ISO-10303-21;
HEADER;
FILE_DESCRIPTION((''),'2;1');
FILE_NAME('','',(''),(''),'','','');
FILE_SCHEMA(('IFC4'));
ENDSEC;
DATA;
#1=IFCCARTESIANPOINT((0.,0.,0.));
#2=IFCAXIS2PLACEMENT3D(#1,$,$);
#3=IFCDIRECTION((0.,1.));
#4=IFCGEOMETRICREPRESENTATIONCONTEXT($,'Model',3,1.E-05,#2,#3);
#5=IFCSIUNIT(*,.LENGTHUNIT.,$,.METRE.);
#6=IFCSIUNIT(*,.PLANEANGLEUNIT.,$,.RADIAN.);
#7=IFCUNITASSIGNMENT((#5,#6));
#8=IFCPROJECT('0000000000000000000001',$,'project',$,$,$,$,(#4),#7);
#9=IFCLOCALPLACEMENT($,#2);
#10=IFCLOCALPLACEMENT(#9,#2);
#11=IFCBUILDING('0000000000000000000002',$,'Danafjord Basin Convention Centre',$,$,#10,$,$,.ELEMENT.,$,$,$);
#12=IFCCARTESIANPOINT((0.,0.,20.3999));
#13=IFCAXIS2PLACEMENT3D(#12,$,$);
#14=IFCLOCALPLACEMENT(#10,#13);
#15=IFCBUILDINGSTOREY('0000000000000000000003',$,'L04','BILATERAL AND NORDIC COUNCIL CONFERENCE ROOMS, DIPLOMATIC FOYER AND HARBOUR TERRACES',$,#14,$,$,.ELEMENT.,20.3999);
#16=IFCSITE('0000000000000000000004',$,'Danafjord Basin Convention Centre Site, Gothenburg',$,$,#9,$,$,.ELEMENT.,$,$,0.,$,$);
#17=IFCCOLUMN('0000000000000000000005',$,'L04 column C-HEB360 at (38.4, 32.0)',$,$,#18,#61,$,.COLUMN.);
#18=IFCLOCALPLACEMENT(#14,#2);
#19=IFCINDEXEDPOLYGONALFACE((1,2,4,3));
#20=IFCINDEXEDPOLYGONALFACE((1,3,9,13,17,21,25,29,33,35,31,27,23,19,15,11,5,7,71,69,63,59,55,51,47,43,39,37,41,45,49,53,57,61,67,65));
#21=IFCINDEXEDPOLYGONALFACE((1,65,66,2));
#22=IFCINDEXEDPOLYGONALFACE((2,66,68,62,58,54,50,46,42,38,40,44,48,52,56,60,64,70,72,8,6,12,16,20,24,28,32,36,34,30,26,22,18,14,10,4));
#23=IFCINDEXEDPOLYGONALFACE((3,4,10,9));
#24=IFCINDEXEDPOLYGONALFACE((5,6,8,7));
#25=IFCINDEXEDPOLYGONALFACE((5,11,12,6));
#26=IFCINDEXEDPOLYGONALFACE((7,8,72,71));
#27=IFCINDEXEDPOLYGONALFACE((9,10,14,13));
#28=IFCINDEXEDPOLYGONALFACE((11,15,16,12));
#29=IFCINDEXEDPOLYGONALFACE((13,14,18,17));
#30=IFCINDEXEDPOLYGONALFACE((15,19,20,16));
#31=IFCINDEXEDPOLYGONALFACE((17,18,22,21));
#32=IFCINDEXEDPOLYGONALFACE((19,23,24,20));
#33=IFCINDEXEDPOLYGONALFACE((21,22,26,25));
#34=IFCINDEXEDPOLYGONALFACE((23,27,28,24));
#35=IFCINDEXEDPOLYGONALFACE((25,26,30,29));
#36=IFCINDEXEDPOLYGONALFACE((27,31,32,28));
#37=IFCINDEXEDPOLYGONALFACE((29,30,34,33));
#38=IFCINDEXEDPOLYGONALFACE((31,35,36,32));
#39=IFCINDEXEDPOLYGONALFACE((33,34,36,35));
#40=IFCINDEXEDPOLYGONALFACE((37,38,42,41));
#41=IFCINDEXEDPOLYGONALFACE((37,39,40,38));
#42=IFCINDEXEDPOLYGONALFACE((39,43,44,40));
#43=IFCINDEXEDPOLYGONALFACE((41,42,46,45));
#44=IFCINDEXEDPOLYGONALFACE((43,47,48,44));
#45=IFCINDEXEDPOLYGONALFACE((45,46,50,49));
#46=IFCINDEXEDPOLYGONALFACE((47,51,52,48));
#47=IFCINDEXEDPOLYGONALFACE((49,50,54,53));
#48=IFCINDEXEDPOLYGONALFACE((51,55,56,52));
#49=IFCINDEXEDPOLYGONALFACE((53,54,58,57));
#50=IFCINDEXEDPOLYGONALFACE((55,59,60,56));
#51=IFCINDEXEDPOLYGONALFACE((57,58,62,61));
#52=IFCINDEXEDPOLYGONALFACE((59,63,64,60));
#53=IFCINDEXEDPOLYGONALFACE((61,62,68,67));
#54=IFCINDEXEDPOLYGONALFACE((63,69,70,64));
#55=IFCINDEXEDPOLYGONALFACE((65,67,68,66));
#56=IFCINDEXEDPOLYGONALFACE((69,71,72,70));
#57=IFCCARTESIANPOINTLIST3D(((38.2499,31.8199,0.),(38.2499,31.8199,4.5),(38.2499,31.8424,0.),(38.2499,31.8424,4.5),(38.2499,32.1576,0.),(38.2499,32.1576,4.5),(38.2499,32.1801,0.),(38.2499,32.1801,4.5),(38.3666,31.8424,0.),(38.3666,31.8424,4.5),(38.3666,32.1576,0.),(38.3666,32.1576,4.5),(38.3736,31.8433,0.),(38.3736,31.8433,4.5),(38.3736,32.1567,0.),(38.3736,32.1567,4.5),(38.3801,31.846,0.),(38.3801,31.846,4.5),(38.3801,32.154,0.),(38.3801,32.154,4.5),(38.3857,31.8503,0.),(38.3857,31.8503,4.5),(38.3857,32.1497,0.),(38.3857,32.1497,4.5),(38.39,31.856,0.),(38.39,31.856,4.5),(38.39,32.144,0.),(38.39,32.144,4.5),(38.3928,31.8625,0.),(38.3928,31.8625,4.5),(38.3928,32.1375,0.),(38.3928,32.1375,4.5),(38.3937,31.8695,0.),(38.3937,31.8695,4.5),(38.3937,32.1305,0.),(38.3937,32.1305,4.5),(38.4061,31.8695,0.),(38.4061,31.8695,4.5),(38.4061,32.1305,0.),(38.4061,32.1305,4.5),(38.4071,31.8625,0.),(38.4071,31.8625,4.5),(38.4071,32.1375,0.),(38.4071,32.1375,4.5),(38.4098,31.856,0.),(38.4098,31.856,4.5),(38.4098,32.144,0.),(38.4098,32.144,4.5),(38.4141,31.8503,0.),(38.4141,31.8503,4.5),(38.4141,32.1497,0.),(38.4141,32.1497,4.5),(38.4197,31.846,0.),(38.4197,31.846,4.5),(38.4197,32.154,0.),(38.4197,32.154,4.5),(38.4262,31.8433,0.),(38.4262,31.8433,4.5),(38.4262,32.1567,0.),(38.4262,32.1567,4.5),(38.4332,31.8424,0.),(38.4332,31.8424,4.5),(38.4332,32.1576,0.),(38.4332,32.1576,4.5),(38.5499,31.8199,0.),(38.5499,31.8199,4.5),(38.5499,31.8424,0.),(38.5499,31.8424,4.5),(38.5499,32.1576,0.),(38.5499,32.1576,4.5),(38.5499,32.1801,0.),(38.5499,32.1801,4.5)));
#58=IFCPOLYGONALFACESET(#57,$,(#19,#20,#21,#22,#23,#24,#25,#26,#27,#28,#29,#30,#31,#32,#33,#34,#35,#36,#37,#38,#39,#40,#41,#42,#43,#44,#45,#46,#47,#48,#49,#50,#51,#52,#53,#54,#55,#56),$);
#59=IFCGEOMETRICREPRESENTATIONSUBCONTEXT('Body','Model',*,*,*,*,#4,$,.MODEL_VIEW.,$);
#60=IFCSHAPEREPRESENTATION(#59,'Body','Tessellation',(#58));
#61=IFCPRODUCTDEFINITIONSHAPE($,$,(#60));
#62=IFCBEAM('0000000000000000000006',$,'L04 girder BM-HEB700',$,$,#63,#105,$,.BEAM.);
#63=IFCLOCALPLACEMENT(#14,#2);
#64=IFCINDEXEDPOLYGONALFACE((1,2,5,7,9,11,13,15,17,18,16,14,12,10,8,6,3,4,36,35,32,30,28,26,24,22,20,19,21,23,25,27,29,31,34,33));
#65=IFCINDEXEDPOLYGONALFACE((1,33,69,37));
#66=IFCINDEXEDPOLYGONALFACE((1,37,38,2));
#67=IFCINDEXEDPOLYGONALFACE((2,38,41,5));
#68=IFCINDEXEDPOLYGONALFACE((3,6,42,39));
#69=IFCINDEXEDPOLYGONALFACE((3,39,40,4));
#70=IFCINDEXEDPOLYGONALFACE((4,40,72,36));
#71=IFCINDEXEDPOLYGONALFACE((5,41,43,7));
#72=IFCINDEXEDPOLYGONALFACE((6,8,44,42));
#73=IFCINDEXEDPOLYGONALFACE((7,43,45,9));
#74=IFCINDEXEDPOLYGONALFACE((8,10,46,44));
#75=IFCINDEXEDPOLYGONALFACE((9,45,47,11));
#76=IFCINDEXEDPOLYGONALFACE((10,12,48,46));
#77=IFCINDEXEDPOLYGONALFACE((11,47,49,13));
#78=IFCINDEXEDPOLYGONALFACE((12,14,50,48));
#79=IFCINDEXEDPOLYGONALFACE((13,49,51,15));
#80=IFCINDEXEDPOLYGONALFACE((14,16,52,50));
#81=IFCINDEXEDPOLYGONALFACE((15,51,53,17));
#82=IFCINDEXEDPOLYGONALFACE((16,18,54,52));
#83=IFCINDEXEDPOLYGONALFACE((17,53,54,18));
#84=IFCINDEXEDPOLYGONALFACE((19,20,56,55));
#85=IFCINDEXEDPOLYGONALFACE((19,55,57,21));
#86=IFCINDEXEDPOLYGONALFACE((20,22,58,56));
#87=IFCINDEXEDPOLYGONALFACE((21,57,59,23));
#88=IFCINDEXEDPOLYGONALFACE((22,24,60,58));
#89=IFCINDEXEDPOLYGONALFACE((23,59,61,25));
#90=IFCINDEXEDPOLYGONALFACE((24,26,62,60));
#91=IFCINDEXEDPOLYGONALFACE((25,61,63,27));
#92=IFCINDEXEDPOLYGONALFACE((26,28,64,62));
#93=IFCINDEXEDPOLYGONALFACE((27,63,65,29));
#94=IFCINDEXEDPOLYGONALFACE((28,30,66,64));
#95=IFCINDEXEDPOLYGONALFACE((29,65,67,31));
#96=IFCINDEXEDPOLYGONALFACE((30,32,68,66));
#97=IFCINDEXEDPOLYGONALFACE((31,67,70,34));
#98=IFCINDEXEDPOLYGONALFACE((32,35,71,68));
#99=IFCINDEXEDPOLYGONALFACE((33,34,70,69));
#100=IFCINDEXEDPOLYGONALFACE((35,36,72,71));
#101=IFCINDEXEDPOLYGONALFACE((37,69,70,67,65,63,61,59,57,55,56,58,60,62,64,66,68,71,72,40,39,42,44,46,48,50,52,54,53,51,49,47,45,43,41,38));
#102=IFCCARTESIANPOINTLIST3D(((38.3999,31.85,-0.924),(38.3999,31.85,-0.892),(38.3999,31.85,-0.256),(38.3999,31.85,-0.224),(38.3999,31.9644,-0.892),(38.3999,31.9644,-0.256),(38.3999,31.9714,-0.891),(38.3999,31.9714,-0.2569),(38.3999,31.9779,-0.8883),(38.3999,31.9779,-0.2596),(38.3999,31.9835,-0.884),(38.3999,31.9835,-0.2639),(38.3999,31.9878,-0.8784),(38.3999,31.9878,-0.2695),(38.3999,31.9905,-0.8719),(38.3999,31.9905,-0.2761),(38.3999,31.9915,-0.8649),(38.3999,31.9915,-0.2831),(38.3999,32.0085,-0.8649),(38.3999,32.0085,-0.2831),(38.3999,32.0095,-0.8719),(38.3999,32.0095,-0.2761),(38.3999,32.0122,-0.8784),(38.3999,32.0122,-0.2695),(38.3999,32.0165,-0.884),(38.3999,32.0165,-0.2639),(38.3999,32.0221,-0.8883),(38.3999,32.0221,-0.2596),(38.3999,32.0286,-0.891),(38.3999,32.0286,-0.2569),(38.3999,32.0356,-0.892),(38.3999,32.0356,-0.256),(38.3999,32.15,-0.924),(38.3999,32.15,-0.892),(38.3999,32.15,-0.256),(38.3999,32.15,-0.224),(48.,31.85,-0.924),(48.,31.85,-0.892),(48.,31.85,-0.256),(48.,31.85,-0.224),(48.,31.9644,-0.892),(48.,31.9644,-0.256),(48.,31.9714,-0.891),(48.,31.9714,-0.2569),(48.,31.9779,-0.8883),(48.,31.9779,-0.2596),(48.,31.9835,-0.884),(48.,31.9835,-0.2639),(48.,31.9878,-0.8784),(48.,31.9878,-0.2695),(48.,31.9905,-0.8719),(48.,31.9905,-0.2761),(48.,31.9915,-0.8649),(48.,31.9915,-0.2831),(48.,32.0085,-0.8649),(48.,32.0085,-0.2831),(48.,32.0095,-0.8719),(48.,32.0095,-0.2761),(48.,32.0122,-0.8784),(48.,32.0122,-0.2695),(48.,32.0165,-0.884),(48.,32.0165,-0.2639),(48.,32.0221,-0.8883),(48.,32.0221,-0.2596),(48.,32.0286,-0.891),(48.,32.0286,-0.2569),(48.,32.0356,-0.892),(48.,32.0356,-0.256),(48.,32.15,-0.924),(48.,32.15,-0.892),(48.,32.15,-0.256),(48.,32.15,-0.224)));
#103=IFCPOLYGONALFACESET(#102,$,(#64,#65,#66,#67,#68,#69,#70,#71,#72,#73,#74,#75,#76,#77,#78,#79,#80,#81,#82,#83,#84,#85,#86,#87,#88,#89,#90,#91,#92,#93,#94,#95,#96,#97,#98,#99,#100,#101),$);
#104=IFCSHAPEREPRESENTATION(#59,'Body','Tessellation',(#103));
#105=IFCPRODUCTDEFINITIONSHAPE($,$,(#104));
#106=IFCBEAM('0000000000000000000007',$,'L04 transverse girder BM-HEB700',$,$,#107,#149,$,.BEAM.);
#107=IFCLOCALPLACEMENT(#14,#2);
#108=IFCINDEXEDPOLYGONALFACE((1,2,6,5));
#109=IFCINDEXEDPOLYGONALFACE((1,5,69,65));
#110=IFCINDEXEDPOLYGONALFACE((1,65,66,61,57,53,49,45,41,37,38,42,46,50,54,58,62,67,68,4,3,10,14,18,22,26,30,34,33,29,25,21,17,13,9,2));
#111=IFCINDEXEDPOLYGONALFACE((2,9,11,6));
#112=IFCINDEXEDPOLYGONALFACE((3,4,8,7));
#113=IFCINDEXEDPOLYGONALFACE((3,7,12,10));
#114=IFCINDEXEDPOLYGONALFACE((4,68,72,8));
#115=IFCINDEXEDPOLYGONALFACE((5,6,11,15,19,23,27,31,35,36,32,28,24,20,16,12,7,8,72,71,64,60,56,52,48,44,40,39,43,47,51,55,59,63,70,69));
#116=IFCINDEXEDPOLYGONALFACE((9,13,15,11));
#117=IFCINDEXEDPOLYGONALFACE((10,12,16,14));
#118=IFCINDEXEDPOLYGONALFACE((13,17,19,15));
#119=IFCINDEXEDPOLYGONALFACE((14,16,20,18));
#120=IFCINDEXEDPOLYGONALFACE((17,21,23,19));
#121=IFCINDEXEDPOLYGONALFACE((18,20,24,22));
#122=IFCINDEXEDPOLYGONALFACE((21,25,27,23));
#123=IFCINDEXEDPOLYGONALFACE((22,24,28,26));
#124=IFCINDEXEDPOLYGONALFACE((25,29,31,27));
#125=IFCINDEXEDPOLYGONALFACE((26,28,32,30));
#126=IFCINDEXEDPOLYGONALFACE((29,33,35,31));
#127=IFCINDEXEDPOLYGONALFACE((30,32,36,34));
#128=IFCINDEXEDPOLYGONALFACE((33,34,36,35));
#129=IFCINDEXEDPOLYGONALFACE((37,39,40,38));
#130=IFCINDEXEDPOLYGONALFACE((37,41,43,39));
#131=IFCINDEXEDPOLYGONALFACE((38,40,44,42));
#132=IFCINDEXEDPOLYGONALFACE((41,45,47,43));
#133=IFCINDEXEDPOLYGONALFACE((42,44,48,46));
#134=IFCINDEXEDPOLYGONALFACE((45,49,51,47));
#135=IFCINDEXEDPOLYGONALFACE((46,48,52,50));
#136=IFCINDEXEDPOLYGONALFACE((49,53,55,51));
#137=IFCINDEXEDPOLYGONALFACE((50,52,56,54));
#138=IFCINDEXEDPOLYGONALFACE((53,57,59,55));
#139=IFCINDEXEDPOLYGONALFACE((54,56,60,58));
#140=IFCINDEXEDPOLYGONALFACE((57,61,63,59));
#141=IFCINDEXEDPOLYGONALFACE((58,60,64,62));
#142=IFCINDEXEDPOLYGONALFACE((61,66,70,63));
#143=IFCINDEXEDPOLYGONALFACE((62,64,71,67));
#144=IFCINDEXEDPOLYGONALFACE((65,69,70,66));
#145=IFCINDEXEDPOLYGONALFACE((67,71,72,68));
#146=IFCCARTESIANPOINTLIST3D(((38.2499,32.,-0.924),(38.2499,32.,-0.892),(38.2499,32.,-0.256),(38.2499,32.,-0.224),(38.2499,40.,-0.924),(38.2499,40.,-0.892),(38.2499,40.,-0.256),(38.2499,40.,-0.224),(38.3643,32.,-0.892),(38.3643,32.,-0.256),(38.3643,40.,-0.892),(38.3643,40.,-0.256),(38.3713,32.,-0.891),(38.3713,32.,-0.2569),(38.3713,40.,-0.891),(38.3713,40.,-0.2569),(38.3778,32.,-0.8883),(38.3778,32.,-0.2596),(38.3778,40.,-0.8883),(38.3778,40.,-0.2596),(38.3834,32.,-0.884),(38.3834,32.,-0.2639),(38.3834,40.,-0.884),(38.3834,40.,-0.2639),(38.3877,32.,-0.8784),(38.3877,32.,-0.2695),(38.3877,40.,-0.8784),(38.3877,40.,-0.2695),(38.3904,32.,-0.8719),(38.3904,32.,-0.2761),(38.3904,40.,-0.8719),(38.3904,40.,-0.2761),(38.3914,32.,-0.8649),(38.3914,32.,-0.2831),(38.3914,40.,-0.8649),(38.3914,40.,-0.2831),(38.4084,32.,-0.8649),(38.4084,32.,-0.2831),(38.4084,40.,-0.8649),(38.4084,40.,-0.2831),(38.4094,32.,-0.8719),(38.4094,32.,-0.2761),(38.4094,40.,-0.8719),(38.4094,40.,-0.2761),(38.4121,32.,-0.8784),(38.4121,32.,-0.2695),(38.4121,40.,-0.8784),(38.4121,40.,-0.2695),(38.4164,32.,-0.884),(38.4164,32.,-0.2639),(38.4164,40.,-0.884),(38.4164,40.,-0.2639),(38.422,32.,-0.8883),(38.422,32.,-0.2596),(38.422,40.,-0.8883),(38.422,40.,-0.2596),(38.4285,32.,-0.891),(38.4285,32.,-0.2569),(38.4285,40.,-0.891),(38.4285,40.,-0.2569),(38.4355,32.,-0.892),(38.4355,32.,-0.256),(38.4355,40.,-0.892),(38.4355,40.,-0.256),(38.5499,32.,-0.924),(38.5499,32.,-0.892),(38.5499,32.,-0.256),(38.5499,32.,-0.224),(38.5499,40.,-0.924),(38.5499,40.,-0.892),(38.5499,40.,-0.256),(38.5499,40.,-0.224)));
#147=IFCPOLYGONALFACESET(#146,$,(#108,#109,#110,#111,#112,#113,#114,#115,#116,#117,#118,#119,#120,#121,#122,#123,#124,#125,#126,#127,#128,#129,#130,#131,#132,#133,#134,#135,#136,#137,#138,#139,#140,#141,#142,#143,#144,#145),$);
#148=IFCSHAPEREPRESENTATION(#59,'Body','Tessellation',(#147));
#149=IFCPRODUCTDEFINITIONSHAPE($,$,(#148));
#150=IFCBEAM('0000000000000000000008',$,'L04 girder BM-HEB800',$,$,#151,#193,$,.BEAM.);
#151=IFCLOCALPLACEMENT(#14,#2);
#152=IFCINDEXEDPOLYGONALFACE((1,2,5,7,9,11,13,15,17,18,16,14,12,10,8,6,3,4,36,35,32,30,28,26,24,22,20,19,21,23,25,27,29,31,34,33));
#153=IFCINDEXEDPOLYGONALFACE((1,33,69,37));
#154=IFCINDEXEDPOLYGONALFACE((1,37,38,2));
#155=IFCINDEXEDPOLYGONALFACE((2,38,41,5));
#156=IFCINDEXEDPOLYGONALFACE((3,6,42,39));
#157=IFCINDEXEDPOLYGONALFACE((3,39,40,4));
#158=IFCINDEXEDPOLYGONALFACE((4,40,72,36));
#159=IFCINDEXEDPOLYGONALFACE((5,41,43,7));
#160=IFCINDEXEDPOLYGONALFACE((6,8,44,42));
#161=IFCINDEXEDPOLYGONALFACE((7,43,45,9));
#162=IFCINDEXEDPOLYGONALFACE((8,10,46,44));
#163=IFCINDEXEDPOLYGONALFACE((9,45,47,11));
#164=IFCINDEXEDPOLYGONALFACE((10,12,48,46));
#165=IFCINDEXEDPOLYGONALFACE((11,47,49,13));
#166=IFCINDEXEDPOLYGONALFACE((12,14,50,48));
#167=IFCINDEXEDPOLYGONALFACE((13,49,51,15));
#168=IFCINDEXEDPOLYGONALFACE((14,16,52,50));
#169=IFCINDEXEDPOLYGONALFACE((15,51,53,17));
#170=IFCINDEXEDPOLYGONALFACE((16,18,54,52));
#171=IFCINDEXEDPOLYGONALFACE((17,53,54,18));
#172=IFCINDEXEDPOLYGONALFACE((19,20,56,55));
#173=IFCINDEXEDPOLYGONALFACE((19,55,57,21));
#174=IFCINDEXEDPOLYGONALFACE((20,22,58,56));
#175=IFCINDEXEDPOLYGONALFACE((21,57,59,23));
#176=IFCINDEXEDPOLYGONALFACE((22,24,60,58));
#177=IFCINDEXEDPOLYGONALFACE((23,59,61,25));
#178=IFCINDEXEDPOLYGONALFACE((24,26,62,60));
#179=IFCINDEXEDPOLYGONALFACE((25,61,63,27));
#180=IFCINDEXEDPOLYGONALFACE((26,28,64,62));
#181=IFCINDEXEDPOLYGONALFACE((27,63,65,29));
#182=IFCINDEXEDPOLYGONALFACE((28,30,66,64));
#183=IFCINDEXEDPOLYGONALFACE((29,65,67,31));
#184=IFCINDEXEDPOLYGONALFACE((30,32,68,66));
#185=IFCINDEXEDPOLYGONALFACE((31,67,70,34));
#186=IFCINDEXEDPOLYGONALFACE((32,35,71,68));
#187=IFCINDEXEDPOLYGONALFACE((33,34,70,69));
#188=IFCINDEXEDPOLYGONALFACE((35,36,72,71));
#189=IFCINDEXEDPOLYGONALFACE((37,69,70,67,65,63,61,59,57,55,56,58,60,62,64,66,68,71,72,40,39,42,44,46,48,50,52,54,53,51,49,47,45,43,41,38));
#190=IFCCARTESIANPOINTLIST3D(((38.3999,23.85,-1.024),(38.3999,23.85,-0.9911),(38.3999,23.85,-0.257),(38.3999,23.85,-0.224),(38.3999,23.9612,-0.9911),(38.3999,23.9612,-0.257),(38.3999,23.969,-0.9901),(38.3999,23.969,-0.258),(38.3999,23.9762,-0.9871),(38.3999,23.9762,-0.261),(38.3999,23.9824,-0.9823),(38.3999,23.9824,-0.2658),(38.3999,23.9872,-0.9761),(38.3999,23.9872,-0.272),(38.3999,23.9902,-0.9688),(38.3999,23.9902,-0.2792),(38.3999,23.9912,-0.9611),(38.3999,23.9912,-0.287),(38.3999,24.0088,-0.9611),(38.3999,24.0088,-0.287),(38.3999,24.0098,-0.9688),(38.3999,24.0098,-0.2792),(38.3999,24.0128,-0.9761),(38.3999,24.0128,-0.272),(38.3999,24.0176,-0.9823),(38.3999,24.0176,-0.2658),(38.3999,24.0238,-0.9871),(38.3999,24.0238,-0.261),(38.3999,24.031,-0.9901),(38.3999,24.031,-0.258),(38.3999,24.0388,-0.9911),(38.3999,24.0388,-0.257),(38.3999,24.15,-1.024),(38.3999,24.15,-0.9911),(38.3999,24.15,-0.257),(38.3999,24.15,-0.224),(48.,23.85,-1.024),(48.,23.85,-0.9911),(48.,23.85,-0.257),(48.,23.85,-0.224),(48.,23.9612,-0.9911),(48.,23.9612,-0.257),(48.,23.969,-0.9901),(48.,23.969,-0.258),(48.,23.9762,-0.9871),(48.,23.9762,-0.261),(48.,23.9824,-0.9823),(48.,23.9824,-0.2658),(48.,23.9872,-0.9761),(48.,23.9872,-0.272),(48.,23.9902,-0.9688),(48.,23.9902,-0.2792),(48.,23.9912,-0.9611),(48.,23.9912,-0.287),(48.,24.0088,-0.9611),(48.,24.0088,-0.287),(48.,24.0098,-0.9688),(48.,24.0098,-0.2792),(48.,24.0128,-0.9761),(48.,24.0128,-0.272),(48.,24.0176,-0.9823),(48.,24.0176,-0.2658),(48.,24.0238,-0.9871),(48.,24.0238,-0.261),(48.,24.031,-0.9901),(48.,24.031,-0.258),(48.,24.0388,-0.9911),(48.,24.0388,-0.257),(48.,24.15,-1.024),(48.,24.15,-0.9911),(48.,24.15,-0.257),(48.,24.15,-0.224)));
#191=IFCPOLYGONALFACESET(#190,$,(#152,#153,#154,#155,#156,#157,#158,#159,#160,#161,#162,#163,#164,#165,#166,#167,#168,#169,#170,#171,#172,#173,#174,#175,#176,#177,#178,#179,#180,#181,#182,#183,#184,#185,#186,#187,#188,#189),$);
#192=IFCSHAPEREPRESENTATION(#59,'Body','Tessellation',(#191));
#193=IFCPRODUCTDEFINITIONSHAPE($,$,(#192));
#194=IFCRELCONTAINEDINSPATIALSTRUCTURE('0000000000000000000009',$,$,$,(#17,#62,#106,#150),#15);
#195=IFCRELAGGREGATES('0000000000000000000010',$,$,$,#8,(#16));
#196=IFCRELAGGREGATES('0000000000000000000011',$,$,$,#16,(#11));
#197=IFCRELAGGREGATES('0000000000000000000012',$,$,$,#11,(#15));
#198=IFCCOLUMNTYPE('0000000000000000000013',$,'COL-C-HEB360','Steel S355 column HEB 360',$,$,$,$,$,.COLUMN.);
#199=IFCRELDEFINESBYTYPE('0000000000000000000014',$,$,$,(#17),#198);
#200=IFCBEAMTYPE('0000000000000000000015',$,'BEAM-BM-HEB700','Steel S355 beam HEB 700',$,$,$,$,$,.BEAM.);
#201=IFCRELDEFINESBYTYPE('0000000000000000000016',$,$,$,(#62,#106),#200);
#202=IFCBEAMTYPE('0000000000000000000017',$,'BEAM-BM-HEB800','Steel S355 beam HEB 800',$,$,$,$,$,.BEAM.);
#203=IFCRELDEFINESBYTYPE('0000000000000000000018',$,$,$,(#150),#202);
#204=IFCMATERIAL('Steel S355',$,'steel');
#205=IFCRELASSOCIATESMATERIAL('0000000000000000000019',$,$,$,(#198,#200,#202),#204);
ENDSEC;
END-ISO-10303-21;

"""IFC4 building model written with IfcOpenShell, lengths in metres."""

from ifc_helpers import new_model, si_unit, direction, frame, origin, origin_2d, place, context, subcontext, project, spatial, i_section, extrude, material, material_profile, profile_set, type_object, element, save


model = new_model("IFC4")

# Units and contexts
model_context = context("Model", 3, precision=1e-05, world=origin(), true_north=direction((0.0, 1.0)))
body_context = subcontext(model_context, "Body", "Model", "MODEL_VIEW")
ifc_project = project(units=[si_unit("LENGTHUNIT", "METRE"), si_unit("PLANEANGLEUNIT", "RADIAN")], contexts=[model_context])

# Site, building, storey
site_placement = place(None, origin())
site = spatial("IfcSite", under=ifc_project, at=site_placement, Name="Danafjord Basin Convention Centre Site, Gothenburg", CompositionType="ELEMENT", RefElevation=0.0)
building_placement = place(site_placement, origin())
building = spatial("IfcBuilding", under=site, at=building_placement, Name="Danafjord Basin Convention Centre", CompositionType="ELEMENT")
storey_placement = place(building_placement, frame((0.0, 0.0, 20.3999)))
storey = spatial("IfcBuildingStorey", under=building, at=storey_placement, Name="L04", Description="BILATERAL AND NORDIC COUNCIL CONFERENCE ROOMS, DIPLOMATIC FOYER AND HARBOUR TERRACES", CompositionType="ELEMENT", Elevation=20.3999)

# Column
ifc_material_1 = material(Name="Steel S355", Category="steel")
ifc_material_profile_1 = material_profile(ifc_material_1, i_section(OverallWidth=0.3, OverallDepth=0.3601, WebThickness=0.0125, FlangeThickness=0.0225, FilletRadius=0.0271, at=origin_2d()), Name="HEB 360")
ifc_profile_set_1 = profile_set([ifc_material_profile_1], Name="Steel S355")
column_type = type_object("IfcColumnType", Name="COL-C-HEB360", Description="Steel S355 column HEB 360", PredefinedType="COLUMN", material=ifc_profile_set_1)
column_placement = place(storey_placement, frame((38.3999, 32.0, 0.0), z_axis=(0.0, 0.0, 1.0), x_axis=(1.0, 0.0, 0.0)))
element("IfcColumn", 1, at=column_placement, inside=storey, type_object=column_type, Name="L04 column C-HEB360 at (38.4, 32.0)", PredefinedType="COLUMN", context=body_context, shape_type="SweptSolid", body=[
    extrude(i_section(OverallWidth=0.3, OverallDepth=0.3601, WebThickness=0.0125, FlangeThickness=0.0225, FilletRadius=0.0271, at=origin_2d()), origin(), (0.0, 0.0, 1.0), 4.5),
])

# Beams
ifc_material_profile_2 = material_profile(ifc_material_1, i_section(OverallWidth=0.3, OverallDepth=0.7, WebThickness=0.0171, FlangeThickness=0.032, FilletRadius=0.0271, at=origin_2d()), Name="HEB 700")
ifc_profile_set_2 = profile_set([ifc_material_profile_2], Name="Steel S355")
beam_type_1 = type_object("IfcBeamType", Name="BEAM-BM-HEB700", Description="Steel S355 beam HEB 700", PredefinedType="BEAM", material=ifc_profile_set_2)
beam_1_placement = place(storey_placement, frame((38.3999, 32.0, -0.574), z_axis=(1.0, 0.0, 0.0), x_axis=(0.0, 1.0, 0.0)))
element("IfcBeam", 2, at=beam_1_placement, inside=storey, type_object=beam_type_1, Name="L04 girder BM-HEB700", PredefinedType="BEAM", context=body_context, shape_type="SweptSolid", body=[
    extrude(i_section(OverallWidth=0.3, OverallDepth=0.7, WebThickness=0.0171, FlangeThickness=0.032, FilletRadius=0.0271, at=origin_2d()), origin(), (0.0, 0.0, 1.0), 9.6001),
])
beam_2_placement = place(storey_placement, frame((38.3999, 32.0, -0.574), z_axis=(0.0, 1.0, 0.0), x_axis=(-1.0, 0.0, 0.0)))
element("IfcBeam", 3, at=beam_2_placement, inside=storey, type_object=beam_type_1, Name="L04 transverse girder BM-HEB700", PredefinedType="BEAM", context=body_context, shape_type="SweptSolid", body=[
    extrude(i_section(OverallWidth=0.3, OverallDepth=0.7, WebThickness=0.0171, FlangeThickness=0.032, FilletRadius=0.0271, at=origin_2d()), origin(), (0.0, 0.0, 1.0), 8.0),
])
ifc_material_profile_3 = material_profile(ifc_material_1, i_section(OverallWidth=0.3, OverallDepth=0.8, WebThickness=0.0176, FlangeThickness=0.033, FilletRadius=0.03, at=origin_2d()), Name="HEB 800")
ifc_profile_set_3 = profile_set([ifc_material_profile_3], Name="Steel S355")
beam_type_2 = type_object("IfcBeamType", Name="BEAM-BM-HEB800", Description="Steel S355 beam HEB 800", PredefinedType="BEAM", material=ifc_profile_set_3)
beam_3_placement = place(storey_placement, frame((38.3999, 24.0, -0.624), z_axis=(1.0, 0.0, 0.0), x_axis=(0.0, 1.0, 0.0)))
element("IfcBeam", 4, at=beam_3_placement, inside=storey, type_object=beam_type_2, Name="L04 girder BM-HEB800", PredefinedType="BEAM", context=body_context, shape_type="SweptSolid", body=[
    extrude(i_section(OverallWidth=0.3, OverallDepth=0.8, WebThickness=0.0176, FlangeThickness=0.033, FilletRadius=0.03, at=origin_2d()), origin(), (0.0, 0.0, 1.0), 9.6001),
])

save(model, "model.ifc")
